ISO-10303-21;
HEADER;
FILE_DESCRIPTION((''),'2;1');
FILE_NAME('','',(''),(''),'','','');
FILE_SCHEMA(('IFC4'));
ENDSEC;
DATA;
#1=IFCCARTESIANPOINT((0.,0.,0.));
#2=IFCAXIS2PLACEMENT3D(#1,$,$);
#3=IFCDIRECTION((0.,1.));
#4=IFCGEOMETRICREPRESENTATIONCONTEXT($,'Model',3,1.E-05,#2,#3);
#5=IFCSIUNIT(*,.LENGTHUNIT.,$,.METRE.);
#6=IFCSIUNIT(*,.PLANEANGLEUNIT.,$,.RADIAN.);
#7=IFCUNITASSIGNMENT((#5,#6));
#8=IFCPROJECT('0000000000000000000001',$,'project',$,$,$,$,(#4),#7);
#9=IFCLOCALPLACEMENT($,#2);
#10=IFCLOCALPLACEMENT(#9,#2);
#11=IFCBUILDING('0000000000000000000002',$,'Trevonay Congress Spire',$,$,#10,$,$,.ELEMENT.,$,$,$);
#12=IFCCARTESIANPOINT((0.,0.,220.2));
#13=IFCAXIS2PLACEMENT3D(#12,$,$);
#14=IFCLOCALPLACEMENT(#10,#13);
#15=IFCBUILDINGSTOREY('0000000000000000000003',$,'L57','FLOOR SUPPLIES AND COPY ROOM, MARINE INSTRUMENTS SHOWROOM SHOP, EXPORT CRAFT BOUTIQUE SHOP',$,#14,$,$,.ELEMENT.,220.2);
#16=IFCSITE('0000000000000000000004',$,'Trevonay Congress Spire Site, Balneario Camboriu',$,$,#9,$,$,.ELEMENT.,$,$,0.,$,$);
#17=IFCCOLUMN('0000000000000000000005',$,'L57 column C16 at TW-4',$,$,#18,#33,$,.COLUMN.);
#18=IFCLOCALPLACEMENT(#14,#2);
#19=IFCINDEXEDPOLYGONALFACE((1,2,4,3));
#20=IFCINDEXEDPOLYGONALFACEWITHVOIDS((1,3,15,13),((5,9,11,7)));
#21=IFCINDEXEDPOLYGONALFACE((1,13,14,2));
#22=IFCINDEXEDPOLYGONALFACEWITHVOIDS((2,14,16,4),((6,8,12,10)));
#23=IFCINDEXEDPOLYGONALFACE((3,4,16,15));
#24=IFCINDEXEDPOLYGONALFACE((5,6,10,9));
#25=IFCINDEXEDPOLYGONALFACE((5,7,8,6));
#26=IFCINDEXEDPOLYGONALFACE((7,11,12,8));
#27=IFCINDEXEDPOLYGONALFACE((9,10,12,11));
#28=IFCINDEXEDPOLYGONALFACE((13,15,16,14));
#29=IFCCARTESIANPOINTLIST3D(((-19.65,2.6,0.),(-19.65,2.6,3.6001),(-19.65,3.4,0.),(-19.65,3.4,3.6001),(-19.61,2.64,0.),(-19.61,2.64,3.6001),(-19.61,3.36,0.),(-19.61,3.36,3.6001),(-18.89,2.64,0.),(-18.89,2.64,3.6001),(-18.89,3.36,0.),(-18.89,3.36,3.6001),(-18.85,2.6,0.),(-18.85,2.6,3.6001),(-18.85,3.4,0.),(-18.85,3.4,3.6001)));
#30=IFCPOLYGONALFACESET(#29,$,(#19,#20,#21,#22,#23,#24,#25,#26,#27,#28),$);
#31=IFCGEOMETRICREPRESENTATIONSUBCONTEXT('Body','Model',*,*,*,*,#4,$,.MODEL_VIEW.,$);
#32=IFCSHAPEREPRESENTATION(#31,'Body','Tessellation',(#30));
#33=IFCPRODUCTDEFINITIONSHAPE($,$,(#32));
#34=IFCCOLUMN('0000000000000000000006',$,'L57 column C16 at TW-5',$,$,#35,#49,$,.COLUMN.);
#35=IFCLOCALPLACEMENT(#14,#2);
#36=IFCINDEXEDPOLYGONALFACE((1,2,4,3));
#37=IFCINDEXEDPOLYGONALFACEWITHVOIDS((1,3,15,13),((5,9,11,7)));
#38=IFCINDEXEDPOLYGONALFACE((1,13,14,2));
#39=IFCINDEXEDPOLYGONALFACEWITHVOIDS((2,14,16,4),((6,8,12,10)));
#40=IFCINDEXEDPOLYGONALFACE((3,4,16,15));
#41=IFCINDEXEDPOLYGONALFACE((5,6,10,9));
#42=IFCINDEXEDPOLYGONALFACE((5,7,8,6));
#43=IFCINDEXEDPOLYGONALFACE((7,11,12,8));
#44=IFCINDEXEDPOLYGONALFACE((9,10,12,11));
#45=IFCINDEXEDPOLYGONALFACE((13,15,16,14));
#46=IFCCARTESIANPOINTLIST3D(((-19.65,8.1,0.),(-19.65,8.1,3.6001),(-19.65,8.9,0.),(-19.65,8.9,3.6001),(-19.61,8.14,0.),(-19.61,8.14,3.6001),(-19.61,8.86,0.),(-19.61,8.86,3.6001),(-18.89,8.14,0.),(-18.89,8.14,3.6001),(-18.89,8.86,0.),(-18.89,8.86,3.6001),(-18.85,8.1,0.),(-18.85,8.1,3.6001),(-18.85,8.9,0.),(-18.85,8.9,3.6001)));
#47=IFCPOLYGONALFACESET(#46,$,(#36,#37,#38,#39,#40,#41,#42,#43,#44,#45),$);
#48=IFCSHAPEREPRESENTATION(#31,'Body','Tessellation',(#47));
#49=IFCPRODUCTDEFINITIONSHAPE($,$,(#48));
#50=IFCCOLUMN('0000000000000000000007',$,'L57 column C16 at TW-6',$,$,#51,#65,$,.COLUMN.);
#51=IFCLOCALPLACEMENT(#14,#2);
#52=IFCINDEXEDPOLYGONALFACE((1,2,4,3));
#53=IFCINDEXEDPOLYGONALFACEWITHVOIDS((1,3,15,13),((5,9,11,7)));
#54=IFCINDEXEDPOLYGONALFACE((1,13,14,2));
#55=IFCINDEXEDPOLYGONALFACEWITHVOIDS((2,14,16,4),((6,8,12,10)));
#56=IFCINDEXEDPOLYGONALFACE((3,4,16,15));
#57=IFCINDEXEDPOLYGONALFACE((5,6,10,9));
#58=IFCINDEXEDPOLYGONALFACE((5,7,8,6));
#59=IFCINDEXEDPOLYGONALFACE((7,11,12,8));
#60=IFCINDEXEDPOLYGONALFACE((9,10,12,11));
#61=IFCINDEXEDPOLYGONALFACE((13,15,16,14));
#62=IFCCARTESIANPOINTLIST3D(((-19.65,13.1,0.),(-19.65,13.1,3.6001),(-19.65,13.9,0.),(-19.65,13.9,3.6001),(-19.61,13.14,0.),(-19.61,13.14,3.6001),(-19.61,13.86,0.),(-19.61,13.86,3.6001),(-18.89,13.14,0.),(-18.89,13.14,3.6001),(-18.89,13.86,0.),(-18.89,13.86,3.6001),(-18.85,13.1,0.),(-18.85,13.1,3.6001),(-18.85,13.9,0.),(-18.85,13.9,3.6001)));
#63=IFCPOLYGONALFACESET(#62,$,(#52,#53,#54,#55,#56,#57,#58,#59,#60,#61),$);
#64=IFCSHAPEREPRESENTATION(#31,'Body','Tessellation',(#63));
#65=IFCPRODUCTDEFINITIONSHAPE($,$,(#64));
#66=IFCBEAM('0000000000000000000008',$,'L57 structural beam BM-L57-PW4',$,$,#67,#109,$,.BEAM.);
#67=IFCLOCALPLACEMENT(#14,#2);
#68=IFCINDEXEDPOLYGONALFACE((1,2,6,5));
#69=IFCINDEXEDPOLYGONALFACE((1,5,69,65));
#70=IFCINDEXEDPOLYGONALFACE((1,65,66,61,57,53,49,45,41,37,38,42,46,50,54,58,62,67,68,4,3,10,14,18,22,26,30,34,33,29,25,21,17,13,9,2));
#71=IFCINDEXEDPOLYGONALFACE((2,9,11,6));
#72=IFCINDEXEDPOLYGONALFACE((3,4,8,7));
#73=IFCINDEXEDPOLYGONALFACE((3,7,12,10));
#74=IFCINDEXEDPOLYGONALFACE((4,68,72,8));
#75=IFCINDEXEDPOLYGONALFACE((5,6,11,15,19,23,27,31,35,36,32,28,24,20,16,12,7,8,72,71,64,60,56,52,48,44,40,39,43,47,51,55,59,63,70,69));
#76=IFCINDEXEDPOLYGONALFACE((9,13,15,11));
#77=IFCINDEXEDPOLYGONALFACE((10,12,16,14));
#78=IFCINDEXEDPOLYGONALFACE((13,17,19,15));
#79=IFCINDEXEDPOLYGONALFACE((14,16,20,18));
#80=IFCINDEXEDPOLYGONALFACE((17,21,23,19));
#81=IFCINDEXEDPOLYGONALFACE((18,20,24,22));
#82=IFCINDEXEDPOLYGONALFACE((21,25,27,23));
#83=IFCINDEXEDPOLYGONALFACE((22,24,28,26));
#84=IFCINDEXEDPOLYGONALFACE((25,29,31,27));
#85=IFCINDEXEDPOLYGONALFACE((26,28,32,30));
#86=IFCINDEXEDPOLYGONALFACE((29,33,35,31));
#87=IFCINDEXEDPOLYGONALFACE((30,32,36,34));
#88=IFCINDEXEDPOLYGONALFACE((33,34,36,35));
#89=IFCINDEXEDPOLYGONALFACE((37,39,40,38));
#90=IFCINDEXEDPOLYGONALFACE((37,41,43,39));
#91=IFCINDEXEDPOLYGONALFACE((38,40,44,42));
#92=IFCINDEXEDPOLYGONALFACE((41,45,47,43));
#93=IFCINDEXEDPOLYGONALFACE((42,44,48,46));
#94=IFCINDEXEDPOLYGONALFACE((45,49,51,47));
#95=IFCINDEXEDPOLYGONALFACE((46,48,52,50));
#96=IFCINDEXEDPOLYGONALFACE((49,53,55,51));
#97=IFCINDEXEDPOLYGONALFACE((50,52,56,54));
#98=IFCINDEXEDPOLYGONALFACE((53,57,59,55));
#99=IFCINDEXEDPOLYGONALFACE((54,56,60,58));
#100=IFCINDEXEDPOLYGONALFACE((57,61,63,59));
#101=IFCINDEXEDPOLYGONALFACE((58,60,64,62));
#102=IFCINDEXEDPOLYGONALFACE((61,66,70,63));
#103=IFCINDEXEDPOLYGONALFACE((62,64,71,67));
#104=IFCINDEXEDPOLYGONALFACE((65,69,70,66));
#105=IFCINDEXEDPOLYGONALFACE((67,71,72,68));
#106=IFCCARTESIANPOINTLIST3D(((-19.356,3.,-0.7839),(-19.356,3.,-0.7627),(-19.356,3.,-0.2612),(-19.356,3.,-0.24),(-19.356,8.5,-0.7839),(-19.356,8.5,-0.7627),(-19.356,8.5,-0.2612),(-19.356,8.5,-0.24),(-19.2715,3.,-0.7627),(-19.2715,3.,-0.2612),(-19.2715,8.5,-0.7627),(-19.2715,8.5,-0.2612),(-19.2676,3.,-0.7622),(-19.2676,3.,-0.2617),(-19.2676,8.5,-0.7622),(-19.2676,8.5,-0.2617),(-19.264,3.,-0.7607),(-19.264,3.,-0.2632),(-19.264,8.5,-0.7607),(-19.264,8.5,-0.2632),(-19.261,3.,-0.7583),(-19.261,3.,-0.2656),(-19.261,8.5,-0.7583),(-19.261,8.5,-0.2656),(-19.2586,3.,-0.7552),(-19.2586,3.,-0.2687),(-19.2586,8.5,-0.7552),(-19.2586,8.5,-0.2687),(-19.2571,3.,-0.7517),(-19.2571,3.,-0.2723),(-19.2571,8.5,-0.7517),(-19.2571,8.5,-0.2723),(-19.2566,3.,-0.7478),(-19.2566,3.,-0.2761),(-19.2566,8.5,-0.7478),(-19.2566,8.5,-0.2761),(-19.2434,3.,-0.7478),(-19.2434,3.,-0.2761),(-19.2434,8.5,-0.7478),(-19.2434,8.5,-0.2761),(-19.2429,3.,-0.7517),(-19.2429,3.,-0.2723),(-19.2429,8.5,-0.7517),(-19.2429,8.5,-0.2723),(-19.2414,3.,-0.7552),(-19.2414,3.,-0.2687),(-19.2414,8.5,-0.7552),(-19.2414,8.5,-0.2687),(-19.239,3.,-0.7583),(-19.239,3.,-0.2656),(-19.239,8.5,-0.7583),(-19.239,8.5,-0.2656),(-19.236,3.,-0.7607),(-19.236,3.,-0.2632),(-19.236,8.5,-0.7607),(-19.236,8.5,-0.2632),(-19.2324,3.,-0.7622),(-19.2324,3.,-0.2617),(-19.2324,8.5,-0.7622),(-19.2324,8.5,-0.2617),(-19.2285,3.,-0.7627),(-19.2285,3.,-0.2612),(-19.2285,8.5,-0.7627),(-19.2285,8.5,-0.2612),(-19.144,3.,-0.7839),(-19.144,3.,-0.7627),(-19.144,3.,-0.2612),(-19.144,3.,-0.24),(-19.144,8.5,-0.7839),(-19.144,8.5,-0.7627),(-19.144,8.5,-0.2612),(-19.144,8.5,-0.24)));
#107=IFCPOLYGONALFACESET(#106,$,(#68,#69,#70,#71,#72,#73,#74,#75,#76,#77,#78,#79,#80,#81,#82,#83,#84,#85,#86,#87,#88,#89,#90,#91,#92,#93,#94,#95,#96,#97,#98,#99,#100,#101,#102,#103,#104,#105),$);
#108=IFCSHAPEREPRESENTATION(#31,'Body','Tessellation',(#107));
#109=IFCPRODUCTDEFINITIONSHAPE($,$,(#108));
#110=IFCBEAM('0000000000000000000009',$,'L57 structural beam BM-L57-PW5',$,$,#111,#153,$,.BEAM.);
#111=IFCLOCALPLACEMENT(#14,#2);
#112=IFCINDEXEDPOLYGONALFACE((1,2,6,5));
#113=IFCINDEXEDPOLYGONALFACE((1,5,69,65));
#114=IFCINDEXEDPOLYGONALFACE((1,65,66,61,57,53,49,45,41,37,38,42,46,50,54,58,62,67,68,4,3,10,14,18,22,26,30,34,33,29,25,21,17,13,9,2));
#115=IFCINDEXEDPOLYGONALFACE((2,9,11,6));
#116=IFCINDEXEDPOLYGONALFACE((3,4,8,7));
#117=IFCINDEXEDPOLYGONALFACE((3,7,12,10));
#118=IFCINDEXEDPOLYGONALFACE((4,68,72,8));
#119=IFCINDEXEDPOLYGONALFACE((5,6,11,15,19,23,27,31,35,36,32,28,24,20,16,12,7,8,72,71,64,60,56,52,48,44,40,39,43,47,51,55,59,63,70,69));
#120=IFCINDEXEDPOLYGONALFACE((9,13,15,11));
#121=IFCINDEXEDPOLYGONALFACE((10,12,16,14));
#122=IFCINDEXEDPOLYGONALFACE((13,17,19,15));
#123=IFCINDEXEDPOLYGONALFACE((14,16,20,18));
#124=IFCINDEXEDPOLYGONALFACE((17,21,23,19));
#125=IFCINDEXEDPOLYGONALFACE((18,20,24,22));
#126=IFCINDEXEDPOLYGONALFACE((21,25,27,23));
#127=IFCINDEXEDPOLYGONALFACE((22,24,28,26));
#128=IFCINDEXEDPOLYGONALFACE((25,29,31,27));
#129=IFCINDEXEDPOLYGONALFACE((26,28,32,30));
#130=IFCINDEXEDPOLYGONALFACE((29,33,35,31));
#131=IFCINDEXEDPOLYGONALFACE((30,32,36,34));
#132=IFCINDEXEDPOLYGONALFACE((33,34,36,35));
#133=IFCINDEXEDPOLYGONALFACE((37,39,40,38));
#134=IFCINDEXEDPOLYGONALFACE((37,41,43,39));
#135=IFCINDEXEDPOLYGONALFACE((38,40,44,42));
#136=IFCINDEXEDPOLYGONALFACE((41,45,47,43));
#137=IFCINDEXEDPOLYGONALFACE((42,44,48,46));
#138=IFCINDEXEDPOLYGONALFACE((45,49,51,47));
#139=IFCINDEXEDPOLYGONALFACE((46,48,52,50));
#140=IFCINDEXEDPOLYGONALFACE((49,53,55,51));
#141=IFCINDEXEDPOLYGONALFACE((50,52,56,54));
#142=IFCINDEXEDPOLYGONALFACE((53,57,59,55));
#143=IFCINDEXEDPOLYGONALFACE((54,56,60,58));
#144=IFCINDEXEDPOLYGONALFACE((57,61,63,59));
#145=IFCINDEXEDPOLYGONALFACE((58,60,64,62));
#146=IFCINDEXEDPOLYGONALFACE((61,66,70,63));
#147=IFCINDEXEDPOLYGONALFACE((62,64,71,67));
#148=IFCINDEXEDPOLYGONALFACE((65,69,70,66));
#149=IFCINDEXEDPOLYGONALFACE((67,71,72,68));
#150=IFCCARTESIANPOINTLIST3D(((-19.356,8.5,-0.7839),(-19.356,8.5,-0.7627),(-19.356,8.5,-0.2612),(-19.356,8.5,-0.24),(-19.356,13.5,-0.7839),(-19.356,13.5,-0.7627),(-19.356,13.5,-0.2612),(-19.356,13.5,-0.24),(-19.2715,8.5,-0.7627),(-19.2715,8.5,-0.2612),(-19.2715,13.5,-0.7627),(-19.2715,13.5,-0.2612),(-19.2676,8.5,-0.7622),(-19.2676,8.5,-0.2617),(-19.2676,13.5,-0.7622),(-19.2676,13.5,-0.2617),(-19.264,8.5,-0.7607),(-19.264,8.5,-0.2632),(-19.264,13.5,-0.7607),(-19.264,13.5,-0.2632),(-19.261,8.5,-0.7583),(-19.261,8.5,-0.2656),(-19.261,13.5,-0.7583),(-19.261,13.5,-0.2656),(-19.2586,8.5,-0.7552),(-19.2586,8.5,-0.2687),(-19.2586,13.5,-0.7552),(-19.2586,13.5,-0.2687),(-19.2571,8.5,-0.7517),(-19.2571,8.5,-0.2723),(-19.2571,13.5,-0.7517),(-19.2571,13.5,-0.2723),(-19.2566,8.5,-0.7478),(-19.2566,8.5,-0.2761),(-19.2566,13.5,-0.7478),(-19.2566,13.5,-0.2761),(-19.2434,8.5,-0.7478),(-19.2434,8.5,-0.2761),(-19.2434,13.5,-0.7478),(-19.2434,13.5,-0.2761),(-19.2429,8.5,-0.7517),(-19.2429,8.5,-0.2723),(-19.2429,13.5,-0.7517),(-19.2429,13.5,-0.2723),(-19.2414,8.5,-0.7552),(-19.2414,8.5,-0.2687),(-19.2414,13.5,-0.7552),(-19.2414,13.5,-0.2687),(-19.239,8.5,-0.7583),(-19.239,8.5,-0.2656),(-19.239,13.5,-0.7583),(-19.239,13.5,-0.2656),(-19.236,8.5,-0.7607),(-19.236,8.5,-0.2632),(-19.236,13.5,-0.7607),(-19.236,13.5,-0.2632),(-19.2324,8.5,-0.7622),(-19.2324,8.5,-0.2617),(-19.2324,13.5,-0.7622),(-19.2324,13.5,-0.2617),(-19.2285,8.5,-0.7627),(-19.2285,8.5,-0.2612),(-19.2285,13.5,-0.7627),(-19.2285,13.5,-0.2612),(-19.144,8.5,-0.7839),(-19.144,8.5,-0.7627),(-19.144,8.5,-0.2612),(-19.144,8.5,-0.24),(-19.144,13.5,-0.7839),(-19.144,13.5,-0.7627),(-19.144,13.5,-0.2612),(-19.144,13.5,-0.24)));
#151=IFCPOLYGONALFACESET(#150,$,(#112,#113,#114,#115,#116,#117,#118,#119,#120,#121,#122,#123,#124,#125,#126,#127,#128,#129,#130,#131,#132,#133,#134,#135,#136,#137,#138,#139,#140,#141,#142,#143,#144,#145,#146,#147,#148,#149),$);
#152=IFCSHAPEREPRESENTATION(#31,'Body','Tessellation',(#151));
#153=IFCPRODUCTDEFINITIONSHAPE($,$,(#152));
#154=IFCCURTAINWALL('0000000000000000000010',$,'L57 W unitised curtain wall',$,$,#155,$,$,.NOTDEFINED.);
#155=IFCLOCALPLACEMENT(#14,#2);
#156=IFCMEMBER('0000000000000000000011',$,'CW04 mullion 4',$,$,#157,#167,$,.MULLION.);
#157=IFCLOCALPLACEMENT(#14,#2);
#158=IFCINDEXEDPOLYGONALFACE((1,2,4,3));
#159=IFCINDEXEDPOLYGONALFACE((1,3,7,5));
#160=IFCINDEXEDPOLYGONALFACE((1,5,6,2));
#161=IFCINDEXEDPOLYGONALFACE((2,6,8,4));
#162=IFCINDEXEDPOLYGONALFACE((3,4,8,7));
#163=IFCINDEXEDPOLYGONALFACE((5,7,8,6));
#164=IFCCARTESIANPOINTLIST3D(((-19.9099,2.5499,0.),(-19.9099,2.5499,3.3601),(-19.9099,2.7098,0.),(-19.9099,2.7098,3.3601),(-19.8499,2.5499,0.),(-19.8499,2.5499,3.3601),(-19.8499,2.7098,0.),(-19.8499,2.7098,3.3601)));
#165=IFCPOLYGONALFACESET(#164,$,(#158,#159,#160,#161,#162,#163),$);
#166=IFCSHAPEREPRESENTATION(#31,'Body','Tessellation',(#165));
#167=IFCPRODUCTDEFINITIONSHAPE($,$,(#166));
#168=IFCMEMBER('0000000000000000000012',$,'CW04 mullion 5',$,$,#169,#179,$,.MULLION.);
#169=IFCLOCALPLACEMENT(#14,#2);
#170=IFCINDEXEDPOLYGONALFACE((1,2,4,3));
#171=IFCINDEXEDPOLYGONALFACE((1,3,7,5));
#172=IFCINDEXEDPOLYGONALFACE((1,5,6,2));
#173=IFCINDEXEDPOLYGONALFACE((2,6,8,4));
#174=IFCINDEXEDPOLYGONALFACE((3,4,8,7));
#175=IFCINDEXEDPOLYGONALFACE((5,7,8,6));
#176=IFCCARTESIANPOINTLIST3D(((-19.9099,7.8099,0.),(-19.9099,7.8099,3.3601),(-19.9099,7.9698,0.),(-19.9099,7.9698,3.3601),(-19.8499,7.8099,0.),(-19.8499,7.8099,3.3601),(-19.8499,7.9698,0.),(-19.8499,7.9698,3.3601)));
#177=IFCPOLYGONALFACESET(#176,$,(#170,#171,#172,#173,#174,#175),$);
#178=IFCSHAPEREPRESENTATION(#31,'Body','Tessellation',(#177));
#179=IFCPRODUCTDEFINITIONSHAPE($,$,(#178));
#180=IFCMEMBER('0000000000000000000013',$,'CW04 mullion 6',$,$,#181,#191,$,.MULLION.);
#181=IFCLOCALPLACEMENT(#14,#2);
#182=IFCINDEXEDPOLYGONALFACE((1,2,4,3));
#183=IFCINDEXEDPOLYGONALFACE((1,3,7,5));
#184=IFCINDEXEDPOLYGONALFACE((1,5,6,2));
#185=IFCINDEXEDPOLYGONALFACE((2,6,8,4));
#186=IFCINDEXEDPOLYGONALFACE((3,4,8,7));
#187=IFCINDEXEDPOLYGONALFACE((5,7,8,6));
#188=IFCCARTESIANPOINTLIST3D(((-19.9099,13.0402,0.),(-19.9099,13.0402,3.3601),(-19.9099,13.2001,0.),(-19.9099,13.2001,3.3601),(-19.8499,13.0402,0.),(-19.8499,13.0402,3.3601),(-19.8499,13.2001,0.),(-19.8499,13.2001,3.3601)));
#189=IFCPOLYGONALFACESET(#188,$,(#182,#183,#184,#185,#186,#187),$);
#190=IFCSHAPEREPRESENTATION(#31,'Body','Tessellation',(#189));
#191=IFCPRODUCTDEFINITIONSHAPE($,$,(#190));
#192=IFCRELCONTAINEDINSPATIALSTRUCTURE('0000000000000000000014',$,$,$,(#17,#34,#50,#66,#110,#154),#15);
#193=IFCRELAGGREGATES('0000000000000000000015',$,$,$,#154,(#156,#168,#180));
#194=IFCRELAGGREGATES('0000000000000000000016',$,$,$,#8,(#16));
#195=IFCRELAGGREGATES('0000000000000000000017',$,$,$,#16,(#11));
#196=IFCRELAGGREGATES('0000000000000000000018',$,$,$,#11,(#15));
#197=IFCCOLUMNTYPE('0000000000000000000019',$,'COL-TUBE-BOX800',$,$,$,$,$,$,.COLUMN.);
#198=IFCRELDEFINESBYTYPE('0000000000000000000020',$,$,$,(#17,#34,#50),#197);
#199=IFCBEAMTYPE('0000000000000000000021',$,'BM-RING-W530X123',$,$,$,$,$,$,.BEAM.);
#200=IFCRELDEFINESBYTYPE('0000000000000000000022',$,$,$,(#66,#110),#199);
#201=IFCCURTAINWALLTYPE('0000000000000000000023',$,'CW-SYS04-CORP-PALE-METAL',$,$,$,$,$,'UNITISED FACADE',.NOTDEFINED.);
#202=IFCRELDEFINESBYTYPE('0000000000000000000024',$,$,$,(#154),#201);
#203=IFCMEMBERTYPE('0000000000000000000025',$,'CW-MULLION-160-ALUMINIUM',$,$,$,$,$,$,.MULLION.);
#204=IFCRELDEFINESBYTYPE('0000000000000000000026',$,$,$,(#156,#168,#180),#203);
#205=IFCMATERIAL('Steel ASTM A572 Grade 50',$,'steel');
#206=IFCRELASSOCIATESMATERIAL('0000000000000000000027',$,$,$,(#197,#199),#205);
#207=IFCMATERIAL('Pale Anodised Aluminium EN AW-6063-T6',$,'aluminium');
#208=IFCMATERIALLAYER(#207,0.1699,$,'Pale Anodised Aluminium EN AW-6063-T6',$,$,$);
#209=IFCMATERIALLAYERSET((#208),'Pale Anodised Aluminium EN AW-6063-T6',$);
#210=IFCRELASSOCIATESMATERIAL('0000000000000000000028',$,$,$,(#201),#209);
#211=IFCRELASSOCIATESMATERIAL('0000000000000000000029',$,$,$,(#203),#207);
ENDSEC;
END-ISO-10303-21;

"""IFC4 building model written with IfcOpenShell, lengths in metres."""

from ifc_helpers import new_model, si_unit, direction, frame, origin, origin_2d, place, context, subcontext, project, spatial, rectangle, hollow_rectangle, i_section, extrude, material, layer, layer_set, material_profile, profile_set, type_object, element, aggregate, save


model = new_model("IFC4")

# Units and contexts
model_context = context("Model", 3, precision=1e-05, world=origin(), true_north=direction((0.0, 1.0)))
body_context = subcontext(model_context, "Body", "Model", "MODEL_VIEW")
ifc_project = project(units=[si_unit("LENGTHUNIT", "METRE"), si_unit("PLANEANGLEUNIT", "RADIAN")], contexts=[model_context])

# Site, building, storey
site_placement = place(None, origin())
site = spatial("IfcSite", under=ifc_project, at=site_placement, Name="Trevonay Congress Spire Site, Balneario Camboriu", CompositionType="ELEMENT", RefElevation=0.0)
building_placement = place(site_placement, origin())
building = spatial("IfcBuilding", under=site, at=building_placement, Name="Trevonay Congress Spire", CompositionType="ELEMENT")
storey_placement = place(building_placement, frame((0.0, 0.0, 220.2)))
storey = spatial("IfcBuildingStorey", under=building, at=storey_placement, Name="L57", Description="FLOOR SUPPLIES AND COPY ROOM, MARINE INSTRUMENTS SHOWROOM SHOP, EXPORT CRAFT BOUTIQUE SHOP", CompositionType="ELEMENT", Elevation=220.2)

# Columns
ifc_material_1 = material(Name="Steel ASTM A572 Grade 50", Category="steel")
ifc_material_profile_1 = material_profile(ifc_material_1, hollow_rectangle(XDim=0.8, YDim=0.8, WallThickness=0.04, at=origin_2d()), Name="BOX 800x800x40")
ifc_profile_set_1 = profile_set([ifc_material_profile_1], Name="Steel ASTM A572 Grade 50")
column_type = type_object("IfcColumnType", Name="COL-TUBE-BOX800", PredefinedType="COLUMN", material=ifc_profile_set_1)
for number, where, z_axis, x_axis, name in (
    (1, (-19.25, 3.0, 0.0), (0.0, 0.0, 1.0), (1.0, 0.0, 0.0), "L57 column C16 at TW-4"),
    (2, (-19.25, 8.5, 0.0), (0.0, 0.0, 1.0), (1.0, 0.0, 0.0), "L57 column C16 at TW-5"),
    (3, (-19.25, 13.5, 0.0), (0.0, 0.0, 1.0), (1.0, 0.0, 0.0), "L57 column C16 at TW-6"),
):
    element("IfcColumn", number, at=place(storey_placement, frame(where, z_axis=z_axis, x_axis=x_axis)), inside=storey, type_object=column_type, Name=name, PredefinedType="COLUMN", context=body_context, shape_type="SweptSolid", body=[
        extrude(hollow_rectangle(XDim=0.8, YDim=0.8, WallThickness=0.04, at=origin_2d()), origin(), (0.0, 0.0, 1.0), 3.6001),
    ])

# Beams
ifc_material_profile_2 = material_profile(ifc_material_1, i_section(OverallWidth=0.2119, OverallDepth=0.5439, WebThickness=0.0132, FlangeThickness=0.0212, FilletRadius=0.0149, at=origin_2d()), Name="W530x123")
ifc_profile_set_2 = profile_set([ifc_material_profile_2], Name="Steel ASTM A572 Grade 50")
beam_type_1 = type_object("IfcBeamType", Name="BM-RING-W530X123", PredefinedType="BEAM", material=ifc_profile_set_2)
beam_1_placement = place(storey_placement, frame((-19.25, 3.0, -0.512), z_axis=(0.0, 1.0, 0.0), x_axis=(-1.0, 0.0, 0.0)))
element("IfcBeam", 4, at=beam_1_placement, inside=storey, type_object=beam_type_1, Name="L57 structural beam BM-L57-PW4", PredefinedType="BEAM", context=body_context, shape_type="SweptSolid", body=[
    extrude(i_section(OverallWidth=0.2119, OverallDepth=0.5439, WebThickness=0.0132, FlangeThickness=0.0212, FilletRadius=0.0149, at=origin_2d()), origin(), (0.0, 0.0, 1.0), 5.5),
])
beam_2_placement = place(storey_placement, frame((-19.25, 8.5, -0.512), z_axis=(0.0, 1.0, 0.0), x_axis=(-1.0, 0.0, 0.0)))
element("IfcBeam", 5, at=beam_2_placement, inside=storey, type_object=beam_type_1, Name="L57 structural beam BM-L57-PW5", PredefinedType="BEAM", context=body_context, shape_type="SweptSolid", body=[
    extrude(i_section(OverallWidth=0.2119, OverallDepth=0.5439, WebThickness=0.0132, FlangeThickness=0.0212, FilletRadius=0.0149, at=origin_2d()), origin(), (0.0, 0.0, 1.0), 5.0),
])

# Curtain wall, members
ifc_material_2 = material(Name="Pale Anodised Aluminium EN AW-6063-T6", Category="aluminium")
ifc_layer_1 = layer(ifc_material_2, 0.1699, Name="Pale Anodised Aluminium EN AW-6063-T6")
ifc_layer_set_1 = layer_set([ifc_layer_1], Name="Pale Anodised Aluminium EN AW-6063-T6")
curtain_wall_type = type_object("IfcCurtainWallType", Name="CW-SYS04-CORP-PALE-METAL", ElementType="UNITISED FACADE", PredefinedType="NOTDEFINED", material=ifc_layer_set_1)
curtain_wall_placement = place(storey_placement, origin())
curtain_wall = element("IfcCurtainWall", 6, at=curtain_wall_placement, inside=storey, type_object=curtain_wall_type, Name="L57 W unitised curtain wall", PredefinedType="NOTDEFINED")
ifc_material_profile_3 = material_profile(ifc_material_2, rectangle(XDim=0.0601, YDim=0.1599, at=origin_2d()), Name="CW-MULLION-160-ALUMINIUM")
ifc_profile_set_3 = profile_set([ifc_material_profile_3], Name="Pale Anodised Aluminium EN AW-6063-T6")
member_type_1 = type_object("IfcMemberType", Name="CW-MULLION-160-ALUMINIUM", PredefinedType="MULLION", material=ifc_profile_set_3)
member_1_placement = place(storey_placement, frame((-19.8799, 2.6299, 0.0), z_axis=(0.0, 0.0, 1.0), x_axis=(-1.0, 0.0, 0.0)))
member_1 = element("IfcMember", 7, at=member_1_placement, type_object=member_type_1, Name="CW04 mullion 4", PredefinedType="MULLION", context=body_context, shape_type="SweptSolid", body=[
    extrude(rectangle(XDim=0.0601, YDim=0.1599, at=origin_2d()), origin(), (0.0, 0.0, 1.0), 3.3601),
])
member_2_placement = place(storey_placement, frame((-19.8799, 7.8899, 0.0), z_axis=(0.0, 0.0, 1.0), x_axis=(-1.0, 0.0, 0.0)))
member_2 = element("IfcMember", 8, at=member_2_placement, type_object=member_type_1, Name="CW04 mullion 5", PredefinedType="MULLION", context=body_context, shape_type="SweptSolid", body=[
    extrude(rectangle(XDim=0.0601, YDim=0.1599, at=origin_2d()), origin(), (0.0, 0.0, 1.0), 3.3601),
])
member_3_placement = place(storey_placement, frame((-19.8799, 13.1201, 0.0), z_axis=(0.0, 0.0, 1.0), x_axis=(-1.0, 0.0, 0.0)))
member_3 = element("IfcMember", 9, at=member_3_placement, type_object=member_type_1, Name="CW04 mullion 6", PredefinedType="MULLION", context=body_context, shape_type="SweptSolid", body=[
    extrude(rectangle(XDim=0.0601, YDim=0.1599, at=origin_2d()), origin(), (0.0, 0.0, 1.0), 3.3601),
])

aggregate(curtain_wall, [member_1, member_2, member_3])

save(model, "model.ifc")
